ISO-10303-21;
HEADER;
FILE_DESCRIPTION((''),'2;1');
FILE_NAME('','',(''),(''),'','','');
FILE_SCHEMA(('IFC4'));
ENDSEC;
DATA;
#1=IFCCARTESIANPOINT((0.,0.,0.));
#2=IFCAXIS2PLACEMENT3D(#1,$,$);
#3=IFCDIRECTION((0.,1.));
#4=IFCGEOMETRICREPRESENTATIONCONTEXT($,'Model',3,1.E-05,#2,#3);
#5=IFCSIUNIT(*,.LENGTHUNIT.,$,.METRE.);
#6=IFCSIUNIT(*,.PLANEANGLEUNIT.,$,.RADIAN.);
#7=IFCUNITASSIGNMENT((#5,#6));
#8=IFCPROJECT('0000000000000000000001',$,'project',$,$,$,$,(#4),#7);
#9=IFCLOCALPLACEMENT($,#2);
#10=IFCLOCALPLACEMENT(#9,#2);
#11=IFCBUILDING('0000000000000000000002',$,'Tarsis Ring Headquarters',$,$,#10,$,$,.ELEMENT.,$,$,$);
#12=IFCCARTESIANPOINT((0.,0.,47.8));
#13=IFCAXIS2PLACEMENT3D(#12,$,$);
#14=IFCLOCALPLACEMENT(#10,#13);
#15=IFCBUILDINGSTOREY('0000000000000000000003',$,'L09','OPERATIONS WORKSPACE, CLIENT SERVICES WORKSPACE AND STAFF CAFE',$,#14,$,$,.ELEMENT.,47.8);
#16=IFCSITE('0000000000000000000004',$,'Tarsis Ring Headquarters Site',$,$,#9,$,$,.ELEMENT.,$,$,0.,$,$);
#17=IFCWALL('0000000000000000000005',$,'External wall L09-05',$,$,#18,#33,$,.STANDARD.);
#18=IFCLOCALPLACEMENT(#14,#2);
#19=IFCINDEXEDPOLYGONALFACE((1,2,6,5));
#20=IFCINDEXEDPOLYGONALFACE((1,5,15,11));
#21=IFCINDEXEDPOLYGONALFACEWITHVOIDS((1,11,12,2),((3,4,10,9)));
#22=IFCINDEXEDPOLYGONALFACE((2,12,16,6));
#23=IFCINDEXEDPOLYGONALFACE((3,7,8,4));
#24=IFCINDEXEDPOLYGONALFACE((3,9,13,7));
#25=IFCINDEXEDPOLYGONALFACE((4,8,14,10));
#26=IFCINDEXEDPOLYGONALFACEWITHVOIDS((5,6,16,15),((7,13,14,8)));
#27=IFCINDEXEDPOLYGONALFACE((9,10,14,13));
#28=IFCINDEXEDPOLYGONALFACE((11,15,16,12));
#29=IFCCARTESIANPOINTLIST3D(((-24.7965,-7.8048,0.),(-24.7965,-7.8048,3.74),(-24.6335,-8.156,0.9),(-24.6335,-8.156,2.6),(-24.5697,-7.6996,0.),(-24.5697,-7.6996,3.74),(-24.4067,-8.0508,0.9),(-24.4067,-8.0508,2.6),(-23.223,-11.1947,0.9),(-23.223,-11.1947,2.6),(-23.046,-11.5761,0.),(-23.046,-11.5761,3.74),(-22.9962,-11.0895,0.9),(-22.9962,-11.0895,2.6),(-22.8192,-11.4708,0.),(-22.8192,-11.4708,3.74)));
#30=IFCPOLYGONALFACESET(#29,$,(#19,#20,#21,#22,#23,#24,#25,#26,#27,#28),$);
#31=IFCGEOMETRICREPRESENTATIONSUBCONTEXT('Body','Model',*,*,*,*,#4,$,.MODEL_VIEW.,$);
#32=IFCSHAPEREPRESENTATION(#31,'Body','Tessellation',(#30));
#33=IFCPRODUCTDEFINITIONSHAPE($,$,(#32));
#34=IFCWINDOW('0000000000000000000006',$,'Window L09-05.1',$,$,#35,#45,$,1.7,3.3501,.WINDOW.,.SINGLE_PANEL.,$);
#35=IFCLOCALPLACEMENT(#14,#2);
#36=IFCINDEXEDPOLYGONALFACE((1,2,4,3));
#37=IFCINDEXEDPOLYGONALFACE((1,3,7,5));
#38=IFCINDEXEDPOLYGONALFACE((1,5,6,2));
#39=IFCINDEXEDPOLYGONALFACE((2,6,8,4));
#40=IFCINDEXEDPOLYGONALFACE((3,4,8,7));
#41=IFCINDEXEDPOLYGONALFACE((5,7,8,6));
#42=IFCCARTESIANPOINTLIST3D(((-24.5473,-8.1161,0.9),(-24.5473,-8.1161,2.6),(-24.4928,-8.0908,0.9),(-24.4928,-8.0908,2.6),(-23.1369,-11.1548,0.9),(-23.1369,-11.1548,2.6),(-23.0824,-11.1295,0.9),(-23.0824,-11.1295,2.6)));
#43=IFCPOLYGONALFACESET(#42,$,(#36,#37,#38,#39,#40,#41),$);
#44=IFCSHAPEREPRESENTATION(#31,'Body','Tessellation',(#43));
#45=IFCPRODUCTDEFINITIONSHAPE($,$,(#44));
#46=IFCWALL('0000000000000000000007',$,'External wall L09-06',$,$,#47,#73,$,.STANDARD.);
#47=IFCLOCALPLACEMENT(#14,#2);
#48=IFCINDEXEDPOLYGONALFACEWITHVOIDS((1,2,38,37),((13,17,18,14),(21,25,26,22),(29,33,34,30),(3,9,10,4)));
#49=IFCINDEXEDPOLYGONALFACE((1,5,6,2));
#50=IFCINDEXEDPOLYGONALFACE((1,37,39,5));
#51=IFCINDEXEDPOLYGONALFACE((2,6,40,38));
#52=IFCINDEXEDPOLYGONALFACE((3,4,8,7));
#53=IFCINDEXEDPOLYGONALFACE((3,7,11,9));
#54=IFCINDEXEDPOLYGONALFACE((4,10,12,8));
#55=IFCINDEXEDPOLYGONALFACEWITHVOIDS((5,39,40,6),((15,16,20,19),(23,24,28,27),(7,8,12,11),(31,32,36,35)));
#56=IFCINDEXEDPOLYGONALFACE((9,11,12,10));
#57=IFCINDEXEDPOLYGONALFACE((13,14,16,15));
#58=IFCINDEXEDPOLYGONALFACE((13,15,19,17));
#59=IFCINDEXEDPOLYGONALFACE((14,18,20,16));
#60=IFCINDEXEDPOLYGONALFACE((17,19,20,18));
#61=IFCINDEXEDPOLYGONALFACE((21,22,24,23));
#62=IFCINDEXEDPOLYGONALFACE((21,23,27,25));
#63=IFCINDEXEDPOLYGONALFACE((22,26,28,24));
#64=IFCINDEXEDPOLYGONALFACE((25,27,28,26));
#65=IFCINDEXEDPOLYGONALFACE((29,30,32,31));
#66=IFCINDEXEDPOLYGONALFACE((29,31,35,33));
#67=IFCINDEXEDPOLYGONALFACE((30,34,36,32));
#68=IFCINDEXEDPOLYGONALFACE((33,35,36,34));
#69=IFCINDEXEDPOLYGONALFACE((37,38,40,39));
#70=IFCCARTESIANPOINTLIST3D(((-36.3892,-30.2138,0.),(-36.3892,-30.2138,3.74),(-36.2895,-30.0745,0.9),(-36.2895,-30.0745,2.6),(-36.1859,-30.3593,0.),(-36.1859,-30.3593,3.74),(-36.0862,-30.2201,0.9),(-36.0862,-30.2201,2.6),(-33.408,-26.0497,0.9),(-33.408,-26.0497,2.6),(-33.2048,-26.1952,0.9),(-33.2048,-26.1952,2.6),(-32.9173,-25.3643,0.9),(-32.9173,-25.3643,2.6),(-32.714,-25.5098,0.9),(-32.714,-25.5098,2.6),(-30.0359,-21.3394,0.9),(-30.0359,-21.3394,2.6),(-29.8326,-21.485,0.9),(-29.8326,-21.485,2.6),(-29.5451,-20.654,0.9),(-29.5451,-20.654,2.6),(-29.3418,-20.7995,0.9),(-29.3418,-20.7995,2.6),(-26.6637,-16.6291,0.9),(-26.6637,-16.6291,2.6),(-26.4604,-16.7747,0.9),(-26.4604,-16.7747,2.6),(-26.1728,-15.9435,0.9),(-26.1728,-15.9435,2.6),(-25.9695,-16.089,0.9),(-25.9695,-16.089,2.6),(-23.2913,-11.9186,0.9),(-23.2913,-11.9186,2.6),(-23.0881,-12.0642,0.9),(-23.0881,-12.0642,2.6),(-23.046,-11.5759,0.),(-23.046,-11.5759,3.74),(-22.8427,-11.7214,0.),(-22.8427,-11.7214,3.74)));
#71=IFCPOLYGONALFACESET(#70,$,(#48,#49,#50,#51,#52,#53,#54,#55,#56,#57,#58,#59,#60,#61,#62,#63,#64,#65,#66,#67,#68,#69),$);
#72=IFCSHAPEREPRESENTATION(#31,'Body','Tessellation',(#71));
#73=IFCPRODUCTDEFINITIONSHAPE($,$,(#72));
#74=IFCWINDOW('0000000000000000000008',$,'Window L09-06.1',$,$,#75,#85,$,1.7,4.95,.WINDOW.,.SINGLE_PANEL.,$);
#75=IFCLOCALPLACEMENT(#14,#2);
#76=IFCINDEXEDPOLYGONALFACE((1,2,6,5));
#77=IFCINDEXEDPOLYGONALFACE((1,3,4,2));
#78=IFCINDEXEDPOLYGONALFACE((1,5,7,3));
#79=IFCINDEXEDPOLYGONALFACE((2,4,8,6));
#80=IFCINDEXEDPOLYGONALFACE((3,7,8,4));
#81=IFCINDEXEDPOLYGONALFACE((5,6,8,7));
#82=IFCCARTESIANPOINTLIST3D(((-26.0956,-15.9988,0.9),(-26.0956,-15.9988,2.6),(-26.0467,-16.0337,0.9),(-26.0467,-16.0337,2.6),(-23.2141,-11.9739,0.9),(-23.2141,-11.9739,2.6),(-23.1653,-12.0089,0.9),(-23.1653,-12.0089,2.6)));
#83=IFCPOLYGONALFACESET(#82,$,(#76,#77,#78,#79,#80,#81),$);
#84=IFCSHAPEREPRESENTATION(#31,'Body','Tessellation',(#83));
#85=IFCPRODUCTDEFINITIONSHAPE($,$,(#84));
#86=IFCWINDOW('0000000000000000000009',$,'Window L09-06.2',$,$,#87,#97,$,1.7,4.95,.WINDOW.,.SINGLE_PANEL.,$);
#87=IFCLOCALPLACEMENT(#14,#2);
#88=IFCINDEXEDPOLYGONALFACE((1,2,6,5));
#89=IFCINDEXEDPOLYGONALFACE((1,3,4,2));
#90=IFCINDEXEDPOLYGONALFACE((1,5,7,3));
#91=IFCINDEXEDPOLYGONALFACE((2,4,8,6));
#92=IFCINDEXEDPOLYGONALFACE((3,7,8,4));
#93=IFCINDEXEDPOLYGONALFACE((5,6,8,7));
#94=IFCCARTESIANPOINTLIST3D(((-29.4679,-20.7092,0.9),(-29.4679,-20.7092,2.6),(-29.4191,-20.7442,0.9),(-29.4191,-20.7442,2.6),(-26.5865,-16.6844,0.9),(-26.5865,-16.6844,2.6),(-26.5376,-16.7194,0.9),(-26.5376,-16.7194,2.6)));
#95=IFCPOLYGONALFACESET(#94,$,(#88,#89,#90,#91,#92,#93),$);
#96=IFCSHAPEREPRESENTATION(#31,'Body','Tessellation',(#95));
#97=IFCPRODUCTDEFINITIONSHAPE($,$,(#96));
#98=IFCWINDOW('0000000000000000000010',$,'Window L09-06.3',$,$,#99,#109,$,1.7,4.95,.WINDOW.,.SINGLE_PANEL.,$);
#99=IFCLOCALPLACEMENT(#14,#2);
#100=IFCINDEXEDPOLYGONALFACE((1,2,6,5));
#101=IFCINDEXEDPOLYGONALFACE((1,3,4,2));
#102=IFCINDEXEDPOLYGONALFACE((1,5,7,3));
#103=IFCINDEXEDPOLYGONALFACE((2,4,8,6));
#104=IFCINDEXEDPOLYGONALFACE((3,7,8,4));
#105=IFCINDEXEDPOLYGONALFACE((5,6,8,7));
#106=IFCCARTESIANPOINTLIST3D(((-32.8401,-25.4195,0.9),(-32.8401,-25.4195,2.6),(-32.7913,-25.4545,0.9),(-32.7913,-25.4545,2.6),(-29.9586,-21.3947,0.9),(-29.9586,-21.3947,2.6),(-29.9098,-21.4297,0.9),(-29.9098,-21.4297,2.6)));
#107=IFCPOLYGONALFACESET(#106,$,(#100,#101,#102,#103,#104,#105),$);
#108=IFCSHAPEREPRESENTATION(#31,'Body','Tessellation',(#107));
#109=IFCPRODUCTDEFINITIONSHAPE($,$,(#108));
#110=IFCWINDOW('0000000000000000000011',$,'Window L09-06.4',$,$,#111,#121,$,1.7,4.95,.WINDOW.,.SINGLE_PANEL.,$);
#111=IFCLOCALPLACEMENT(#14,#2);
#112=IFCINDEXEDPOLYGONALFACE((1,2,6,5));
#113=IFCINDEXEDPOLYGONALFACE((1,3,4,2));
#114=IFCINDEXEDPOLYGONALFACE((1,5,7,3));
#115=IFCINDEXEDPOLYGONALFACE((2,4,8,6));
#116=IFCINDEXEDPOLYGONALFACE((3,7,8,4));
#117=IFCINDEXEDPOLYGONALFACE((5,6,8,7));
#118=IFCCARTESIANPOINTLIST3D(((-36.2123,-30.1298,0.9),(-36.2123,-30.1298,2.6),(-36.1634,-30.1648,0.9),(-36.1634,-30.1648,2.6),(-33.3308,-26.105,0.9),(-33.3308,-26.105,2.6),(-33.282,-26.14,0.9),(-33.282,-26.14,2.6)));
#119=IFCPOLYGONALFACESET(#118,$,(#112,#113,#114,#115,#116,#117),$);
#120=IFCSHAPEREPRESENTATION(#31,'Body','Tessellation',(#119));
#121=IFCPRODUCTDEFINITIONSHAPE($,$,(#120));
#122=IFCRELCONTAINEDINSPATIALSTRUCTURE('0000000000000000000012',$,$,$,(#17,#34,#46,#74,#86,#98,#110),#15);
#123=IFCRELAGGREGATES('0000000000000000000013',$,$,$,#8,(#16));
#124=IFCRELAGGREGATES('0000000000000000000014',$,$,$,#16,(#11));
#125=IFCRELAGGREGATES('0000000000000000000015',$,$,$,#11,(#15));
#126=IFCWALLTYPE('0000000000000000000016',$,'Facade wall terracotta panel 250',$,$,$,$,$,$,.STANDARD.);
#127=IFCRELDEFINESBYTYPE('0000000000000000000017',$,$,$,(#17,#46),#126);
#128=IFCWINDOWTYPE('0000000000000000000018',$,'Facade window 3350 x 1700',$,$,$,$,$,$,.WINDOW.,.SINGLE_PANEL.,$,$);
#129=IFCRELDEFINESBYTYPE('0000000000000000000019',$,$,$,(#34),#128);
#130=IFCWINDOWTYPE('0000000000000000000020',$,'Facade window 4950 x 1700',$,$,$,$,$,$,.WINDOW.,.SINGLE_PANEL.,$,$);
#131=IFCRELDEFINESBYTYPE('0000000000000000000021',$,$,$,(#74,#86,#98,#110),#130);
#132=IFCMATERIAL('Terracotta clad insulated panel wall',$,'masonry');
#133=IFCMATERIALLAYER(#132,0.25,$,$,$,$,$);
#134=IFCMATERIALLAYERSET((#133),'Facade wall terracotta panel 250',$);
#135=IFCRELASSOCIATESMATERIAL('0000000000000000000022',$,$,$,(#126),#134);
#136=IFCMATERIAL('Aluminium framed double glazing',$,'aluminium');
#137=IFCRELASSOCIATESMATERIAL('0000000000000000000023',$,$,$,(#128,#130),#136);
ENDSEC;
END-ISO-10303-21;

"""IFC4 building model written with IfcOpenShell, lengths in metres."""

from ifc_helpers import new_model, si_unit, direction, frame, frame_2d, origin, place, context, subcontext, project, spatial, rectangle, extrude, material, layer, layer_set, type_object, element, fill, save


model = new_model("IFC4")

# Units and contexts
model_context = context("Model", 3, precision=1e-05, world=origin(), true_north=direction((0.0, 1.0)))
body_context = subcontext(model_context, "Body", "Model", "MODEL_VIEW")
ifc_project = project(units=[si_unit("LENGTHUNIT", "METRE"), si_unit("PLANEANGLEUNIT", "RADIAN")], contexts=[model_context])

# Site, building, storey
site_placement = place(None, origin())
site = spatial("IfcSite", under=ifc_project, at=site_placement, Name="Tarsis Ring Headquarters Site", CompositionType="ELEMENT", RefElevation=0.0)
building_placement = place(site_placement, origin())
building = spatial("IfcBuilding", under=site, at=building_placement, Name="Tarsis Ring Headquarters", CompositionType="ELEMENT")
storey_placement = place(building_placement, frame((0.0, 0.0, 47.8)))
storey = spatial("IfcBuildingStorey", under=building, at=storey_placement, Name="L09", Description="OPERATIONS WORKSPACE, CLIENT SERVICES WORKSPACE AND STAFF CAFE", CompositionType="ELEMENT", Elevation=47.8)

# Wall, opening, window
ifc_material_1 = material(Name="Terracotta clad insulated panel wall", Category="masonry")
ifc_layer_1 = layer(ifc_material_1, 0.25)
ifc_layer_set_1 = layer_set([ifc_layer_1], Name="Facade wall terracotta panel 250")
wall_type_1 = type_object("IfcWallType", Name="Facade wall terracotta panel 250", PredefinedType="STANDARD", material=ifc_layer_set_1)
ifc_material_2 = material(Name="Aluminium framed double glazing", Category="aluminium")
wall_1_placement = place(storey_placement, frame((-24.6831, -7.7522, 0.0), z_axis=(0.0, 0.0, 1.0), x_axis=(0.421023, -0.90705, 0.0)))
wall_1 = element("IfcWall", 1, at=wall_1_placement, inside=storey, type_object=wall_type_1, Name="External wall L09-05", PredefinedType="STANDARD", context=body_context, shape_type="SweptSolid", body=[
    extrude(rectangle(XDim=4.1577, YDim=0.25, at=frame_2d((2.0789, 0.0))), origin(), (0.0, 0.0, 1.0), 3.74),
])
opening_1_placement = place(wall_1_placement, frame((0.3872, 0.0, 0.8999)))
opening_1 = element("IfcOpeningElement", 2, at=opening_1_placement, cuts=wall_1, PredefinedType="OPENING", context=body_context, shape_type="SweptSolid", body=[
    extrude(rectangle(XDim=3.3501, YDim=1.7, at=frame_2d((1.675, 0.8501))), frame((0.0, 0.135, 0.0), z_axis=(0.0, -1.0, 0.0), x_axis=(1.0, 0.0, 0.0)), (0.0, 0.0, 1.0), 0.27),
])
window_type_1 = type_object("IfcWindowType", Name="Facade window 3350 x 1700", PartitioningType="SINGLE_PANEL", PredefinedType="WINDOW", material=ifc_material_2)
window_1_placement = place(opening_1_placement, origin())
window_1 = element("IfcWindow", 3, at=window_1_placement, inside=storey, type_object=window_type_1, Name="Window L09-05.1", OverallHeight=1.7, OverallWidth=3.3501, PartitioningType="SINGLE_PANEL", PredefinedType="WINDOW", context=body_context, shape_type="SweptSolid", body=[
    extrude(rectangle(XDim=3.3501, YDim=1.7, at=frame_2d((1.675, 0.8501))), frame((0.0, 0.03, 0.0), z_axis=(0.0, -1.0, 0.0), x_axis=(1.0, 0.0, 0.0)), (0.0, 0.0, 1.0), 0.0601),
])
fill(opening_1, window_1)

# Wall, openings, windows
wall_2_placement = place(storey_placement, frame((-22.9443, -11.6487, 0.0), z_axis=(0.0, 0.0, 1.0), x_axis=(-0.582117, -0.813105, 0.0)))
wall_2 = element("IfcWall", 4, at=wall_2_placement, inside=storey, type_object=wall_type_1, Name="External wall L09-06", PredefinedType="STANDARD", context=body_context, shape_type="SweptSolid", body=[
    extrude(rectangle(XDim=22.9219, YDim=0.25, at=frame_2d((11.4609, 0.0))), origin(), (0.0, 0.0, 1.0), 3.74),
])
opening_2_placement = place(wall_2_placement, frame((0.4214, 0.0, 0.8999)))
opening_2 = element("IfcOpeningElement", 5, at=opening_2_placement, cuts=wall_2, PredefinedType="OPENING", context=body_context, shape_type="SweptSolid", body=[
    extrude(rectangle(XDim=4.95, YDim=1.7, at=frame_2d((2.4751, 0.8501))), frame((0.0, 0.135, 0.0), z_axis=(0.0, -1.0, 0.0), x_axis=(1.0, 0.0, 0.0)), (0.0, 0.0, 1.0), 0.27),
])
opening_3_placement = place(wall_2_placement, frame((6.2146, 0.0, 0.8999)))
opening_3 = element("IfcOpeningElement", 6, at=opening_3_placement, cuts=wall_2, PredefinedType="OPENING", context=body_context, shape_type="SweptSolid", body=[
    extrude(rectangle(XDim=4.95, YDim=1.7, at=frame_2d((2.4751, 0.8501))), frame((0.0, 0.135, 0.0), z_axis=(0.0, -1.0, 0.0), x_axis=(1.0, 0.0, 0.0)), (0.0, 0.0, 1.0), 0.27),
])
opening_4_placement = place(wall_2_placement, frame((12.0076, 0.0, 0.8999)))
opening_4 = element("IfcOpeningElement", 7, at=opening_4_placement, cuts=wall_2, PredefinedType="OPENING", context=body_context, shape_type="SweptSolid", body=[
    extrude(rectangle(XDim=4.95, YDim=1.7, at=frame_2d((2.4751, 0.8501))), frame((0.0, 0.135, 0.0), z_axis=(0.0, -1.0, 0.0), x_axis=(1.0, 0.0, 0.0)), (0.0, 0.0, 1.0), 0.27),
])
opening_5_placement = place(wall_2_placement, frame((17.8005, 0.0, 0.8999)))
opening_5 = element("IfcOpeningElement", 8, at=opening_5_placement, cuts=wall_2, PredefinedType="OPENING", context=body_context, shape_type="SweptSolid", body=[
    extrude(rectangle(XDim=4.95, YDim=1.7, at=frame_2d((2.4751, 0.8501))), frame((0.0, 0.135, 0.0), z_axis=(0.0, -1.0, 0.0), x_axis=(1.0, 0.0, 0.0)), (0.0, 0.0, 1.0), 0.27),
])
window_type_2 = type_object("IfcWindowType", Name="Facade window 4950 x 1700", PartitioningType="SINGLE_PANEL", PredefinedType="WINDOW", material=ifc_material_2)
window_2_placement = place(opening_2_placement, origin())
window_2 = element("IfcWindow", 9, at=window_2_placement, inside=storey, type_object=window_type_2, Name="Window L09-06.1", OverallHeight=1.7, OverallWidth=4.95, PartitioningType="SINGLE_PANEL", PredefinedType="WINDOW", context=body_context, shape_type="SweptSolid", body=[
    extrude(rectangle(XDim=4.95, YDim=1.7, at=frame_2d((2.4751, 0.8501))), frame((0.0, 0.03, 0.0), z_axis=(0.0, -1.0, 0.0), x_axis=(1.0, 0.0, 0.0)), (0.0, 0.0, 1.0), 0.0601),
])
fill(opening_2, window_2)
window_3_placement = place(opening_3_placement, origin())
window_3 = element("IfcWindow", 10, at=window_3_placement, inside=storey, type_object=window_type_2, Name="Window L09-06.2", OverallHeight=1.7, OverallWidth=4.95, PartitioningType="SINGLE_PANEL", PredefinedType="WINDOW", context=body_context, shape_type="SweptSolid", body=[
    extrude(rectangle(XDim=4.95, YDim=1.7, at=frame_2d((2.4751, 0.8501))), frame((0.0, 0.03, 0.0), z_axis=(0.0, -1.0, 0.0), x_axis=(1.0, 0.0, 0.0)), (0.0, 0.0, 1.0), 0.0601),
])
fill(opening_3, window_3)
window_4_placement = place(opening_4_placement, origin())
window_4 = element("IfcWindow", 11, at=window_4_placement, inside=storey, type_object=window_type_2, Name="Window L09-06.3", OverallHeight=1.7, OverallWidth=4.95, PartitioningType="SINGLE_PANEL", PredefinedType="WINDOW", context=body_context, shape_type="SweptSolid", body=[
    extrude(rectangle(XDim=4.95, YDim=1.7, at=frame_2d((2.4751, 0.8501))), frame((0.0, 0.03, 0.0), z_axis=(0.0, -1.0, 0.0), x_axis=(1.0, 0.0, 0.0)), (0.0, 0.0, 1.0), 0.0601),
])
fill(opening_4, window_4)
window_5_placement = place(opening_5_placement, origin())
window_5 = element("IfcWindow", 12, at=window_5_placement, inside=storey, type_object=window_type_2, Name="Window L09-06.4", OverallHeight=1.7, OverallWidth=4.95, PartitioningType="SINGLE_PANEL", PredefinedType="WINDOW", context=body_context, shape_type="SweptSolid", body=[
    extrude(rectangle(XDim=4.95, YDim=1.7, at=frame_2d((2.4751, 0.8501))), frame((0.0, 0.03, 0.0), z_axis=(0.0, -1.0, 0.0), x_axis=(1.0, 0.0, 0.0)), (0.0, 0.0, 1.0), 0.0601),
])
fill(opening_5, window_5)

save(model, "model.ifc")
